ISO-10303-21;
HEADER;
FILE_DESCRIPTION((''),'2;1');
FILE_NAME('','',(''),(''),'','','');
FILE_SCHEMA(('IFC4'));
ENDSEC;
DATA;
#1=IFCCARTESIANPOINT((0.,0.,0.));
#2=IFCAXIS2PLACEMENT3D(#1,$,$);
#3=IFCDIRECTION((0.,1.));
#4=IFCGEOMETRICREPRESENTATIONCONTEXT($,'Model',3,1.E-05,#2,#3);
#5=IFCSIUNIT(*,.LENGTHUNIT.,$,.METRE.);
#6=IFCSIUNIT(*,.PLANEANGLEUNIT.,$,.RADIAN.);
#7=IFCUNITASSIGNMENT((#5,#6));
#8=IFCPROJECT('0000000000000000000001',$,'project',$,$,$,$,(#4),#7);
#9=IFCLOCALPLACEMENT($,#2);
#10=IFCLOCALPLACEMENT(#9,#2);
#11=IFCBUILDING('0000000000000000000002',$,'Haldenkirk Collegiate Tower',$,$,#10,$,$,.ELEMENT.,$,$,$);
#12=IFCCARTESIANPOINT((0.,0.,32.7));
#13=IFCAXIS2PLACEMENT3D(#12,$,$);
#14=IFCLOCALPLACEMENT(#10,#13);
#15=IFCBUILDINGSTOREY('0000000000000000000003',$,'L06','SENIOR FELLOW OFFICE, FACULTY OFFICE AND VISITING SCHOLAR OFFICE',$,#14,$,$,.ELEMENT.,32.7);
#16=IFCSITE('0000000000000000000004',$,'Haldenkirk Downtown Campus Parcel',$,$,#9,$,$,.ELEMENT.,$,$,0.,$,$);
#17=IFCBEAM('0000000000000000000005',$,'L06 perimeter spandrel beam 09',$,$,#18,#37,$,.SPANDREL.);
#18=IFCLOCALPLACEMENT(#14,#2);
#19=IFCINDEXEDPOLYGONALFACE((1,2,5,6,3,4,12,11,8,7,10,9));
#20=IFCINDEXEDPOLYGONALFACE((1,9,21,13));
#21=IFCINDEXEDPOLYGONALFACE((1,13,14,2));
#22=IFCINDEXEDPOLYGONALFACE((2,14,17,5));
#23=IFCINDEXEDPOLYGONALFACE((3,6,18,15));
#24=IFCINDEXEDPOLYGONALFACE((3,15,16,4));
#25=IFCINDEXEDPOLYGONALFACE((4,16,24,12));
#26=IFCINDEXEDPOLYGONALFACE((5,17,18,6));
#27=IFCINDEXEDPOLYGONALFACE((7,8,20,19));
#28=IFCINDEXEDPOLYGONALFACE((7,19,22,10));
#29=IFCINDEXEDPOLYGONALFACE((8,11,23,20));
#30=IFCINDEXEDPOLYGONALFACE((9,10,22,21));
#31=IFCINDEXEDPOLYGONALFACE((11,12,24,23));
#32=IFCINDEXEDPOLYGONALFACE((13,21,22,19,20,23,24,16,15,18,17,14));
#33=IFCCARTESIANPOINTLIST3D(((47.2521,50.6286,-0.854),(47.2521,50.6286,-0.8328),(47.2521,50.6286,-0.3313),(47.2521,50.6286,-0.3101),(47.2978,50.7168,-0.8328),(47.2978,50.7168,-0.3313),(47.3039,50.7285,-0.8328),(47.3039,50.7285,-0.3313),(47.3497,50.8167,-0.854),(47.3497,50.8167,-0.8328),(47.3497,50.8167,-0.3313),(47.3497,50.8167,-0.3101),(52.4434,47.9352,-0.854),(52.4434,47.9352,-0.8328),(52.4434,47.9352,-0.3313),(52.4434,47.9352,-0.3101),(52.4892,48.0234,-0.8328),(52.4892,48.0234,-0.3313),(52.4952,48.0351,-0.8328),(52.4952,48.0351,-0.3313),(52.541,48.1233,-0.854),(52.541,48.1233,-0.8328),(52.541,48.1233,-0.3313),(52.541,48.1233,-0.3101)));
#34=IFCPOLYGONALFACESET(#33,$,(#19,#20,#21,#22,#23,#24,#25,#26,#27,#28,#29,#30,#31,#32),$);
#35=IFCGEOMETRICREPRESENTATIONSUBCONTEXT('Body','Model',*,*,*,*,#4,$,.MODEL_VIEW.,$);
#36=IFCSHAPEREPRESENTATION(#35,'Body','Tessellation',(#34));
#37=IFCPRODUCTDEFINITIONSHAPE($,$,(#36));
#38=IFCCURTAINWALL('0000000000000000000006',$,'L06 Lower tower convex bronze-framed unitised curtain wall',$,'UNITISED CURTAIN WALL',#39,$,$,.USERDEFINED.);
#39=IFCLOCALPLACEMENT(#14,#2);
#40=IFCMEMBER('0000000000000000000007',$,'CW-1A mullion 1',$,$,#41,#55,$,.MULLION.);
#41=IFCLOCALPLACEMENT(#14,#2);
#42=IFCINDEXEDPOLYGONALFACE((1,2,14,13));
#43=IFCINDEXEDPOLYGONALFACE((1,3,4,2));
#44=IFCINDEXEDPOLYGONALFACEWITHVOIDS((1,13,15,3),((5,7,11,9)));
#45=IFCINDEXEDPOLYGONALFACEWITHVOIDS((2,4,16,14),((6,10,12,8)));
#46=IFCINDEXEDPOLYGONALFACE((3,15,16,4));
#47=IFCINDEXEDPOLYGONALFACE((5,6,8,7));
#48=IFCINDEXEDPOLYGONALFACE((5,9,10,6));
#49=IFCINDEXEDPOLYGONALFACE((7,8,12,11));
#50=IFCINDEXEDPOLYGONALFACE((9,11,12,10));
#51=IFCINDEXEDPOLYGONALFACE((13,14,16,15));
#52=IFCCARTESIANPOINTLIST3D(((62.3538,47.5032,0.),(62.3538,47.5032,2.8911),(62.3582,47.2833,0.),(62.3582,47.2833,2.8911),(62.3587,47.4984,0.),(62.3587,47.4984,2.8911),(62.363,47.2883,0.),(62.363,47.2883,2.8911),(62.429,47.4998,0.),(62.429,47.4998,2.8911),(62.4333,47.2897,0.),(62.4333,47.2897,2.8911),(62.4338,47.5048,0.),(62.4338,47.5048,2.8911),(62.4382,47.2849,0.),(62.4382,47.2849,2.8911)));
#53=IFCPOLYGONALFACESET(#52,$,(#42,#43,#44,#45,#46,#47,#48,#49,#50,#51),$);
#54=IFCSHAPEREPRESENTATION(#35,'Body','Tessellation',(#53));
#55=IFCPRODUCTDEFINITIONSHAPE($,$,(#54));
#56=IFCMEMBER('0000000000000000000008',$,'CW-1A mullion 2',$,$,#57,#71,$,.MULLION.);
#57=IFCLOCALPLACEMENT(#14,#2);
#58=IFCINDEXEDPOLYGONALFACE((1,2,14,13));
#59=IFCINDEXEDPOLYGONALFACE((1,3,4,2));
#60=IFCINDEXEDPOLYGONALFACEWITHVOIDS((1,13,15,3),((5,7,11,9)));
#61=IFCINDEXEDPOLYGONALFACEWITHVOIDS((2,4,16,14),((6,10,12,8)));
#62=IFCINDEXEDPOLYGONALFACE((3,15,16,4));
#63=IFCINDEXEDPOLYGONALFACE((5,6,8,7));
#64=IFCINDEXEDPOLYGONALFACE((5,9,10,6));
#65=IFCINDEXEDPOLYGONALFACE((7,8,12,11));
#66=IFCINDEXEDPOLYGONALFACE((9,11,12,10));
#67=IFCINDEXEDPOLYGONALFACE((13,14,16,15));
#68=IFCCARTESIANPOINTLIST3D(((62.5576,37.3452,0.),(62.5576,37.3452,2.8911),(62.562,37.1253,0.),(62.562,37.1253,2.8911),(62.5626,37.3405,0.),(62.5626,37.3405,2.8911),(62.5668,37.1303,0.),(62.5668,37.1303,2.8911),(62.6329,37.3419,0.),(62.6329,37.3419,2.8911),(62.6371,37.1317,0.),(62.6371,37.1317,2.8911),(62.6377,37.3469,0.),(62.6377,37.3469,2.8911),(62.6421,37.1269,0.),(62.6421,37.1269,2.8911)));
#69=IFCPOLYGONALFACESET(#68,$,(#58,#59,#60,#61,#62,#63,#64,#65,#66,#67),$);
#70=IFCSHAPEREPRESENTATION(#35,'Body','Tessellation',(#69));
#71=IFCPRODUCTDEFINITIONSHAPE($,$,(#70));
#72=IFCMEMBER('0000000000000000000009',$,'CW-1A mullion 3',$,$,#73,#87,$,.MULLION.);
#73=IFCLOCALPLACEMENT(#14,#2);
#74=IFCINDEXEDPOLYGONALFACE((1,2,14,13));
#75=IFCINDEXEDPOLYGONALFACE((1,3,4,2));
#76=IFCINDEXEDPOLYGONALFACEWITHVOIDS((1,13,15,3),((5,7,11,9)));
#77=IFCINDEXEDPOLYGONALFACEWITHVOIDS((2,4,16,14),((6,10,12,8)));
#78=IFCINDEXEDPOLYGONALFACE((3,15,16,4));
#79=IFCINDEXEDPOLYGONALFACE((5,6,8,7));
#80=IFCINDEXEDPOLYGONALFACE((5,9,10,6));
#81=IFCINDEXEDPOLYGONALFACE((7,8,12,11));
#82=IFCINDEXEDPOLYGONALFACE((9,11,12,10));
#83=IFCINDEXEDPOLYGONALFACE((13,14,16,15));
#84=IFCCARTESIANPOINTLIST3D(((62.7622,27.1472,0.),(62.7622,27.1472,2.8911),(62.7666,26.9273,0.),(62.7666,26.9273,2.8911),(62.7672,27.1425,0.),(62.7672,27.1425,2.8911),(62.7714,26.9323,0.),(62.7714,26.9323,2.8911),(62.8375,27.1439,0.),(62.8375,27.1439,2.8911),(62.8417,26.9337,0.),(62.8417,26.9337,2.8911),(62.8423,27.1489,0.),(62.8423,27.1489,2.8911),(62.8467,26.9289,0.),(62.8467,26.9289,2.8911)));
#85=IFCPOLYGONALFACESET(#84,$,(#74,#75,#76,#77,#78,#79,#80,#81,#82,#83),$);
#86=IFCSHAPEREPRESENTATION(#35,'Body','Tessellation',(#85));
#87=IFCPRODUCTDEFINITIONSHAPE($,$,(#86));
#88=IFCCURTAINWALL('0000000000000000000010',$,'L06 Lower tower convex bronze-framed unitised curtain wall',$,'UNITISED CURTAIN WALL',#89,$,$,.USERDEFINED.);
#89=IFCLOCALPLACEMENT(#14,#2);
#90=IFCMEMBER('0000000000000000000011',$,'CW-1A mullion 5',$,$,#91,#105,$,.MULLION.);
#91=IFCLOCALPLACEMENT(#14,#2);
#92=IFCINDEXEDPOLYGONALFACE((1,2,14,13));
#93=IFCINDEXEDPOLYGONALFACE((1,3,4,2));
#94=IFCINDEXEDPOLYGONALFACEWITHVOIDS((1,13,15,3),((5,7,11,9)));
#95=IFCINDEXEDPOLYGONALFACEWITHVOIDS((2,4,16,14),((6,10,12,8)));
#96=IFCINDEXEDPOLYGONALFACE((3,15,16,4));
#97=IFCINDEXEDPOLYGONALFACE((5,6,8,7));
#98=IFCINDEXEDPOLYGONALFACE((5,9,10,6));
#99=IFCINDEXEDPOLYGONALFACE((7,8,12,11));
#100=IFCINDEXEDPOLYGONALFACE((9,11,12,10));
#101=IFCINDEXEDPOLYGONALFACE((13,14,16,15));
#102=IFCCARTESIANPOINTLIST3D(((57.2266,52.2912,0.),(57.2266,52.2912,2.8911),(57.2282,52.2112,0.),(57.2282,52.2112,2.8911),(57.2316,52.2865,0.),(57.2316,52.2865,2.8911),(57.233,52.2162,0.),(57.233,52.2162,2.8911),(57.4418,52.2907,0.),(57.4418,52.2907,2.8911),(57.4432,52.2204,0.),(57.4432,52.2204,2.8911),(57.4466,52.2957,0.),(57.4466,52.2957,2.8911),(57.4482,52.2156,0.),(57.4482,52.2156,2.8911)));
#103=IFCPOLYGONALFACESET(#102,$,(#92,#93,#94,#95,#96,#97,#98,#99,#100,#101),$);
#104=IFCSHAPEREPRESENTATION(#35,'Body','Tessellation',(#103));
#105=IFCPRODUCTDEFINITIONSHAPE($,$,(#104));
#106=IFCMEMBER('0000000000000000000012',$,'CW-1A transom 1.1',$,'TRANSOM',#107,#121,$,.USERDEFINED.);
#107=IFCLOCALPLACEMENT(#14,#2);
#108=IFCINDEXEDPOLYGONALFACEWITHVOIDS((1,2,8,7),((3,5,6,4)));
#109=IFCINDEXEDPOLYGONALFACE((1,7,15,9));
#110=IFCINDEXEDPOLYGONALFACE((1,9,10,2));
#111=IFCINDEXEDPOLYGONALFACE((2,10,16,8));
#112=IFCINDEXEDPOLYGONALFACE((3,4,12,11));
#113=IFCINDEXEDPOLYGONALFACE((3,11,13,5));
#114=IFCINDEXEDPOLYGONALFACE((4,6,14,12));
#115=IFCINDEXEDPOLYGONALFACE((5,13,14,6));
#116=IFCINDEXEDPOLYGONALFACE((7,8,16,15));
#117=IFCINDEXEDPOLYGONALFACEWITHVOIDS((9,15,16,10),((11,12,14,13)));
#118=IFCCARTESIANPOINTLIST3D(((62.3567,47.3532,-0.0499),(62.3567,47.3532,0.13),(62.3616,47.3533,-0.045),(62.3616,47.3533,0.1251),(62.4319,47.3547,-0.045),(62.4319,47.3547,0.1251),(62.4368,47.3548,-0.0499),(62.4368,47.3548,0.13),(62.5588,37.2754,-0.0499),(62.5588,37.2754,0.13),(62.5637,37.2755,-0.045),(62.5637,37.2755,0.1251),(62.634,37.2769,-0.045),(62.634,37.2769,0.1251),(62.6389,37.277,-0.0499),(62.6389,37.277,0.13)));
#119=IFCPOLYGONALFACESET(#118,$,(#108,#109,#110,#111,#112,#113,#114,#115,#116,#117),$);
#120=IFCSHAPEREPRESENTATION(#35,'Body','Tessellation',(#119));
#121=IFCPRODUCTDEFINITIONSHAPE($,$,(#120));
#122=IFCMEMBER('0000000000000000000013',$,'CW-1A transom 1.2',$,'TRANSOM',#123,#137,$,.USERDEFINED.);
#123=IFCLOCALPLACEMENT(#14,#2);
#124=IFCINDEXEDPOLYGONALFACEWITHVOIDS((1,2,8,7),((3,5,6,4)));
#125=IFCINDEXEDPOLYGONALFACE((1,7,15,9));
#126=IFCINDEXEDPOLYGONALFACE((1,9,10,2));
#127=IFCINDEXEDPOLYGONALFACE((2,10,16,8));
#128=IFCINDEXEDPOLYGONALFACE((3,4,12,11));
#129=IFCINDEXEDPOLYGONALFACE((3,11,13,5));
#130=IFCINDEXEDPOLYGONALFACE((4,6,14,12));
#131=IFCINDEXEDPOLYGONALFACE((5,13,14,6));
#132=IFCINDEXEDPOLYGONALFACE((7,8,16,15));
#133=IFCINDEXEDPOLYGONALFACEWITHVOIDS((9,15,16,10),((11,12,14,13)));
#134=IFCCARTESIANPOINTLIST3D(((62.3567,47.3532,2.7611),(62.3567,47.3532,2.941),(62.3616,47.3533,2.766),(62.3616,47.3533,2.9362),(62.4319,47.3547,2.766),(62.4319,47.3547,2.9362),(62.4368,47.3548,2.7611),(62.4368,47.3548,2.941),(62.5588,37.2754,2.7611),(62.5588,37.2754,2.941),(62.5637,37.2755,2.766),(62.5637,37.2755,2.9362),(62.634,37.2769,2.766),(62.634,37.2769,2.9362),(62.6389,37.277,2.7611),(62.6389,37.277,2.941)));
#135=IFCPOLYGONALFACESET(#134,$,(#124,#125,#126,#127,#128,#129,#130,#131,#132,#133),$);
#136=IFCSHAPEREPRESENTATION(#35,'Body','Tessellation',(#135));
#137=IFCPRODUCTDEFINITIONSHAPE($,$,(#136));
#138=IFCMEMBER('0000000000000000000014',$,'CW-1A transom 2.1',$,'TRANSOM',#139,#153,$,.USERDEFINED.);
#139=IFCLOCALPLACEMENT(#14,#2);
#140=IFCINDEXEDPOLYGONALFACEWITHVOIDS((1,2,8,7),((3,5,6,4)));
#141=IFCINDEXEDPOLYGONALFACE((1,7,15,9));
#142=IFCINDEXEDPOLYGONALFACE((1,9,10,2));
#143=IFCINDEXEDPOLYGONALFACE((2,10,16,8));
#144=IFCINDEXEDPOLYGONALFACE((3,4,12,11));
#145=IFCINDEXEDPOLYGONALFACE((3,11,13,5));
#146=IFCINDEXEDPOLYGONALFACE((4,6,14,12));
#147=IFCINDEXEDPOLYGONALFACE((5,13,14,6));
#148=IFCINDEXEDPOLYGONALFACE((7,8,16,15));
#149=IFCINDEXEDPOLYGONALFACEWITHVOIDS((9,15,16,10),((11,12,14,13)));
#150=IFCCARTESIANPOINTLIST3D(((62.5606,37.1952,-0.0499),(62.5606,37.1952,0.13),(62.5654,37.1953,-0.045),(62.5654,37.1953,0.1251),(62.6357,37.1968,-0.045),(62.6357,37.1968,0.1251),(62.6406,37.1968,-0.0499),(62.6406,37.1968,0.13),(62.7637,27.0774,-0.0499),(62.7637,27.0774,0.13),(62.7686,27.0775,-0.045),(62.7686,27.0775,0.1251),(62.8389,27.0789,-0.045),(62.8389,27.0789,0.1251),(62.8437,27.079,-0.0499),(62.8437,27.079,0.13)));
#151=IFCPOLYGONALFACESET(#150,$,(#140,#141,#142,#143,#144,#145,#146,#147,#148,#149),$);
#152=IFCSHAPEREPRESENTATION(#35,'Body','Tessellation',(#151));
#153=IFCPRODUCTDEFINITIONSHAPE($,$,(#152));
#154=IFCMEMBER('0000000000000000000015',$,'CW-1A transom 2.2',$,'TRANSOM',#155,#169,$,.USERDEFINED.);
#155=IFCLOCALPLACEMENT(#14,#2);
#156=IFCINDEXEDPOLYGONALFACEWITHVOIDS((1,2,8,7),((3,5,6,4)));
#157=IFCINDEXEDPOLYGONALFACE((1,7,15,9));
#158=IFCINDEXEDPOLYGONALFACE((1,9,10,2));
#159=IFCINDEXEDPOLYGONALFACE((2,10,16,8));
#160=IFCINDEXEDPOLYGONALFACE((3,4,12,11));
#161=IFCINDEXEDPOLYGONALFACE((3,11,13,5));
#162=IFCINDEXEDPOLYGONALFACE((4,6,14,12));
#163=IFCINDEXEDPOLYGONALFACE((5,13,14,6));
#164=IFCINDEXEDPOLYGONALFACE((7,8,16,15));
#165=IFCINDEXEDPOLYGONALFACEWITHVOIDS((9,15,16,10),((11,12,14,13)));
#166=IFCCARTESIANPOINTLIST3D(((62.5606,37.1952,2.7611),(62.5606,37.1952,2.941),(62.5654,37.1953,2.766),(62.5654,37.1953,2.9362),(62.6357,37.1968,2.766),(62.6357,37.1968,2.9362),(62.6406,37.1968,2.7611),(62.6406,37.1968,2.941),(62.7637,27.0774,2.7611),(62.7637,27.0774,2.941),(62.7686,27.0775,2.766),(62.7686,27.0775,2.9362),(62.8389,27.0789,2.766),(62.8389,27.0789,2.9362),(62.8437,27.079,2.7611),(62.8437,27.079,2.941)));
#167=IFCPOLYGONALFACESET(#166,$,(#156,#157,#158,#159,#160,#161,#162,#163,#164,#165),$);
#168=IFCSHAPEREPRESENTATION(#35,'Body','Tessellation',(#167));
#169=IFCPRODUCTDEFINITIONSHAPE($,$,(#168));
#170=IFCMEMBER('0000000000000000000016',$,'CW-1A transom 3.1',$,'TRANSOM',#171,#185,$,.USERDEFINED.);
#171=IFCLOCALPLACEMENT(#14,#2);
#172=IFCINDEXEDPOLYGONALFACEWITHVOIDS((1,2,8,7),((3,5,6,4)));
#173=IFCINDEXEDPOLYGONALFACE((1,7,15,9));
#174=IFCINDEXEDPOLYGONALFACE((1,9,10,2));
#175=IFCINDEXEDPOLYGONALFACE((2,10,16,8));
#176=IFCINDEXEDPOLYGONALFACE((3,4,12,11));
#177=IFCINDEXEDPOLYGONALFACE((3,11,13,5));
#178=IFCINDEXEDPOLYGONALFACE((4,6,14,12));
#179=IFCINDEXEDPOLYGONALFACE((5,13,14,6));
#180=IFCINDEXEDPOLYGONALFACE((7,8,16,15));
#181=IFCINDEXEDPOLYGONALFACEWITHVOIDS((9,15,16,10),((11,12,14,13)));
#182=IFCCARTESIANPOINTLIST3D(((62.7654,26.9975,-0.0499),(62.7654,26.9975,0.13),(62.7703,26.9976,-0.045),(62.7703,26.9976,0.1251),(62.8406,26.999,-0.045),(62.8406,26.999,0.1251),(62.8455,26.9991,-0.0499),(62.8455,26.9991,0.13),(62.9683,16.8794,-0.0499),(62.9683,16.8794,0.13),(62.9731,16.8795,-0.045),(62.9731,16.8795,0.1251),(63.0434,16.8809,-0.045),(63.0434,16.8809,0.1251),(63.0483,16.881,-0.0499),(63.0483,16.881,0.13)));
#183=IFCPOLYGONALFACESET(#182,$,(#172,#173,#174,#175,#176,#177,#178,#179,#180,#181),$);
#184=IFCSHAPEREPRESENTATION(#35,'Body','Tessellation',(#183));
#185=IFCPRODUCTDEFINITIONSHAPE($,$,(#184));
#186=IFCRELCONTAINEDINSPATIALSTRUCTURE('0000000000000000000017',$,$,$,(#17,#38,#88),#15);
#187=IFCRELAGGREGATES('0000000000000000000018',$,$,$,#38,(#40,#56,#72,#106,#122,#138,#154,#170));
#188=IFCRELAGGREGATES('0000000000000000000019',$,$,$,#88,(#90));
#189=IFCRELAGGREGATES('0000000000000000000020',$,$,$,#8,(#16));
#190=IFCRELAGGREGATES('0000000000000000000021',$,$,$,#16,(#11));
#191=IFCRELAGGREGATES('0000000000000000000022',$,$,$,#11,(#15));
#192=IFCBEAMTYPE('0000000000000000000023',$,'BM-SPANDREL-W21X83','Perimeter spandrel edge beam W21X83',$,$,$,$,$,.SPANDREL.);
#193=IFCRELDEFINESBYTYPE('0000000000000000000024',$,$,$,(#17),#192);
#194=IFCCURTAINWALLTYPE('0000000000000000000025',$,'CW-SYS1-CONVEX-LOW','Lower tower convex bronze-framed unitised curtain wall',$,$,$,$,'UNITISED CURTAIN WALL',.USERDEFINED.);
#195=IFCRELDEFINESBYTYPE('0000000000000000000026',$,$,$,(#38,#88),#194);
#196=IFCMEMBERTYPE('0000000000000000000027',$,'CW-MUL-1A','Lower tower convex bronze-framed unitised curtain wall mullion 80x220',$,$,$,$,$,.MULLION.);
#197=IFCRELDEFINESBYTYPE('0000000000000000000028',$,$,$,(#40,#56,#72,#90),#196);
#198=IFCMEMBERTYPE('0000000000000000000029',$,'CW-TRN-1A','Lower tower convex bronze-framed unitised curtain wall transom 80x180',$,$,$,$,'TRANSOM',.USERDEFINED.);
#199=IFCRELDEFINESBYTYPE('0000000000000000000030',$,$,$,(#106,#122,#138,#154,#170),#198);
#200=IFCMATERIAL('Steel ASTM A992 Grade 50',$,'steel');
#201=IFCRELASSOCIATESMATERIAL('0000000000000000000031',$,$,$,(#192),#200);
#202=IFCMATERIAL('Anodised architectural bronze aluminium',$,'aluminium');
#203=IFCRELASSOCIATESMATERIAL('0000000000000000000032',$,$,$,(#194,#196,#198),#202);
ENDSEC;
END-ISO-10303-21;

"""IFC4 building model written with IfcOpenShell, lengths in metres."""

from ifc_helpers import new_model, si_unit, direction, frame, origin, origin_2d, place, context, subcontext, project, spatial, hollow_rectangle, i_section, extrude, material, material_profile, profile_set, type_object, element, aggregate, save


model = new_model("IFC4")

# Units and contexts
model_context = context("Model", 3, precision=1e-05, world=origin(), true_north=direction((0.0, 1.0)))
body_context = subcontext(model_context, "Body", "Model", "MODEL_VIEW")
ifc_project = project(units=[si_unit("LENGTHUNIT", "METRE"), si_unit("PLANEANGLEUNIT", "RADIAN")], contexts=[model_context])

# Site, building, storey
site_placement = place(None, origin())
site = spatial("IfcSite", under=ifc_project, at=site_placement, Name="Haldenkirk Downtown Campus Parcel", CompositionType="ELEMENT", RefElevation=0.0)
building_placement = place(site_placement, origin())
building = spatial("IfcBuilding", under=site, at=building_placement, Name="Haldenkirk Collegiate Tower", CompositionType="ELEMENT")
storey_placement = place(building_placement, frame((0.0, 0.0, 32.7)))
storey = spatial("IfcBuildingStorey", under=building, at=storey_placement, Name="L06", Description="SENIOR FELLOW OFFICE, FACULTY OFFICE AND VISITING SCHOLAR OFFICE", CompositionType="ELEMENT", Elevation=32.7)

# Beam
ifc_material_1 = material(Name="Steel ASTM A992 Grade 50", Category="steel")
ifc_material_profile_1 = material_profile(ifc_material_1, i_section(OverallWidth=0.2119, OverallDepth=0.5439, WebThickness=0.0132, FlangeThickness=0.0212, at=origin_2d()), Name="W21X83")
ifc_profile_set_1 = profile_set([ifc_material_profile_1], Name="Steel ASTM A992 Grade 50")
beam_type_1 = type_object("IfcBeamType", Name="BM-SPANDREL-W21X83", Description="Perimeter spandrel edge beam W21X83", PredefinedType="SPANDREL", material=ifc_profile_set_1)
beam_1_placement = place(storey_placement, frame((52.4922, 48.0293, -0.582), z_axis=(-0.887648, 0.460522, 0.0), x_axis=(-0.460522, -0.887648, 0.0)))
element("IfcBeam", 1, at=beam_1_placement, inside=storey, type_object=beam_type_1, Name="L06 perimeter spandrel beam 09", PredefinedType="SPANDREL", context=body_context, shape_type="SweptSolid", body=[
    extrude(i_section(OverallWidth=0.2119, OverallDepth=0.5439, WebThickness=0.0132, FlangeThickness=0.0212, at=origin_2d()), origin(), (0.0, 0.0, 1.0), 5.8484),
])

# Curtain wall, members
ifc_material_2 = material(Name="Anodised architectural bronze aluminium", Category="aluminium")
curtain_wall_type = type_object("IfcCurtainWallType", Name="CW-SYS1-CONVEX-LOW", Description="Lower tower convex bronze-framed unitised curtain wall", ElementType="UNITISED CURTAIN WALL", PredefinedType="USERDEFINED", material=ifc_material_2)
curtain_wall_1_placement = place(storey_placement, origin())
curtain_wall_1 = element("IfcCurtainWall", 2, at=curtain_wall_1_placement, inside=storey, type_object=curtain_wall_type, Name="L06 Lower tower convex bronze-framed unitised curtain wall", ObjectType="UNITISED CURTAIN WALL", PredefinedType="USERDEFINED")
ifc_material_profile_2 = material_profile(ifc_material_2, hollow_rectangle(XDim=0.0801, YDim=0.22, WallThickness=0.0049, at=origin_2d()), Name="CW-MUL-1A")
ifc_profile_set_2 = profile_set([ifc_material_profile_2], Name="Anodised architectural bronze aluminium")
member_type_1 = type_object("IfcMemberType", Name="CW-MUL-1A", Description="Lower tower convex bronze-framed unitised curtain wall mullion 80x220", PredefinedType="MULLION", material=ifc_profile_set_2)
member_1_placement = place(storey_placement, frame((62.396, 47.394, 0.0), z_axis=(0.0, 0.0, 1.0), x_axis=(0.999799, 0.020069, 0.0)))
member_1 = element("IfcMember", 3, at=member_1_placement, type_object=member_type_1, Name="CW-1A mullion 1", PredefinedType="MULLION", context=body_context, shape_type="SweptSolid", body=[
    extrude(hollow_rectangle(XDim=0.0801, YDim=0.22, WallThickness=0.0049, at=origin_2d()), origin(), (0.0, 0.0, 1.0), 2.8911),
])
member_2_placement = place(storey_placement, frame((62.5999, 37.2361, 0.0), z_axis=(0.0, 0.0, 1.0), x_axis=(0.999799, 0.020069, 0.0)))
member_2 = element("IfcMember", 4, at=member_2_placement, type_object=member_type_1, Name="CW-1A mullion 2", PredefinedType="MULLION", context=body_context, shape_type="SweptSolid", body=[
    extrude(hollow_rectangle(XDim=0.0801, YDim=0.22, WallThickness=0.0049, at=origin_2d()), origin(), (0.0, 0.0, 1.0), 2.8911),
])
member_3_placement = place(storey_placement, frame((62.8044, 27.0381, 0.0), z_axis=(0.0, 0.0, 1.0), x_axis=(0.999799, 0.020069, 0.0)))
member_3 = element("IfcMember", 5, at=member_3_placement, type_object=member_type_1, Name="CW-1A mullion 3", PredefinedType="MULLION", context=body_context, shape_type="SweptSolid", body=[
    extrude(hollow_rectangle(XDim=0.0801, YDim=0.22, WallThickness=0.0049, at=origin_2d()), origin(), (0.0, 0.0, 1.0), 2.8911),
])

# Curtain wall, member
curtain_wall_2_placement = place(storey_placement, origin())
curtain_wall_2 = element("IfcCurtainWall", 6, at=curtain_wall_2_placement, inside=storey, type_object=curtain_wall_type, Name="L06 Lower tower convex bronze-framed unitised curtain wall", ObjectType="UNITISED CURTAIN WALL", PredefinedType="USERDEFINED")
member_4_placement = place(storey_placement, frame((57.3374, 52.2534, 0.0), z_axis=(0.0, 0.0, 1.0), x_axis=(-0.020068, 0.999799, 0.0)))
member_4 = element("IfcMember", 7, at=member_4_placement, type_object=member_type_1, Name="CW-1A mullion 5", PredefinedType="MULLION", context=body_context, shape_type="SweptSolid", body=[
    extrude(hollow_rectangle(XDim=0.0801, YDim=0.22, WallThickness=0.0049, at=origin_2d()), origin(), (0.0, 0.0, 1.0), 2.8911),
])

# Members
ifc_material_profile_3 = material_profile(ifc_material_2, hollow_rectangle(XDim=0.0801, YDim=0.1799, WallThickness=0.0049, at=origin_2d()), Name="CW-TRN-1A")
ifc_profile_set_3 = profile_set([ifc_material_profile_3], Name="Anodised architectural bronze aluminium")
member_type_2 = type_object("IfcMemberType", Name="CW-TRN-1A", Description="Lower tower convex bronze-framed unitised curtain wall transom 80x180", ElementType="TRANSOM", PredefinedType="USERDEFINED", material=ifc_profile_set_3)
member_5_placement = place(storey_placement, frame((62.3967, 47.354, 0.04), z_axis=(0.020055, -0.999799, 0.0), x_axis=(0.999799, 0.020055, 0.0)))
member_5 = element("IfcMember", 8, at=member_5_placement, type_object=member_type_2, Name="CW-1A transom 1.1", ObjectType="TRANSOM", PredefinedType="USERDEFINED", context=body_context, shape_type="SweptSolid", body=[
    extrude(hollow_rectangle(XDim=0.0801, YDim=0.1799, WallThickness=0.0049, at=origin_2d()), origin(), (0.0, 0.0, 1.0), 10.0798),
])
member_6_placement = place(storey_placement, frame((62.3967, 47.354, 2.8511), z_axis=(0.020055, -0.999799, 0.0), x_axis=(0.999799, 0.020055, 0.0)))
member_6 = element("IfcMember", 9, at=member_6_placement, type_object=member_type_2, Name="CW-1A transom 1.2", ObjectType="TRANSOM", PredefinedType="USERDEFINED", context=body_context, shape_type="SweptSolid", body=[
    extrude(hollow_rectangle(XDim=0.0801, YDim=0.1799, WallThickness=0.0049, at=origin_2d()), origin(), (0.0, 0.0, 1.0), 10.0798),
])
member_7_placement = place(storey_placement, frame((62.6006, 37.196, 0.04), z_axis=(0.020072, -0.999799, 0.0), x_axis=(0.999799, 0.020072, 0.0)))
member_7 = element("IfcMember", 10, at=member_7_placement, type_object=member_type_2, Name="CW-1A transom 2.1", ObjectType="TRANSOM", PredefinedType="USERDEFINED", context=body_context, shape_type="SweptSolid", body=[
    extrude(hollow_rectangle(XDim=0.0801, YDim=0.1799, WallThickness=0.0049, at=origin_2d()), origin(), (0.0, 0.0, 1.0), 10.1199),
])
member_8_placement = place(storey_placement, frame((62.6006, 37.196, 2.8511), z_axis=(0.020072, -0.999799, 0.0), x_axis=(0.999799, 0.020072, 0.0)))
member_8 = element("IfcMember", 11, at=member_8_placement, type_object=member_type_2, Name="CW-1A transom 2.2", ObjectType="TRANSOM", PredefinedType="USERDEFINED", context=body_context, shape_type="SweptSolid", body=[
    extrude(hollow_rectangle(XDim=0.0801, YDim=0.1799, WallThickness=0.0049, at=origin_2d()), origin(), (0.0, 0.0, 1.0), 10.1199),
])
member_9_placement = place(storey_placement, frame((62.8054, 26.9983, 0.04), z_axis=(0.020047, -0.999799, 0.0), x_axis=(0.999799, 0.020047, 0.0)))
member_9 = element("IfcMember", 12, at=member_9_placement, type_object=member_type_2, Name="CW-1A transom 3.1", ObjectType="TRANSOM", PredefinedType="USERDEFINED", context=body_context, shape_type="SweptSolid", body=[
    extrude(hollow_rectangle(XDim=0.0801, YDim=0.1799, WallThickness=0.0049, at=origin_2d()), origin(), (0.0, 0.0, 1.0), 10.1201),
])

aggregate(curtain_wall_1, [member_1, member_2, member_3, member_5, member_6, member_7, member_8, member_9])
aggregate(curtain_wall_2, [member_4])

save(model, "model.ifc")
